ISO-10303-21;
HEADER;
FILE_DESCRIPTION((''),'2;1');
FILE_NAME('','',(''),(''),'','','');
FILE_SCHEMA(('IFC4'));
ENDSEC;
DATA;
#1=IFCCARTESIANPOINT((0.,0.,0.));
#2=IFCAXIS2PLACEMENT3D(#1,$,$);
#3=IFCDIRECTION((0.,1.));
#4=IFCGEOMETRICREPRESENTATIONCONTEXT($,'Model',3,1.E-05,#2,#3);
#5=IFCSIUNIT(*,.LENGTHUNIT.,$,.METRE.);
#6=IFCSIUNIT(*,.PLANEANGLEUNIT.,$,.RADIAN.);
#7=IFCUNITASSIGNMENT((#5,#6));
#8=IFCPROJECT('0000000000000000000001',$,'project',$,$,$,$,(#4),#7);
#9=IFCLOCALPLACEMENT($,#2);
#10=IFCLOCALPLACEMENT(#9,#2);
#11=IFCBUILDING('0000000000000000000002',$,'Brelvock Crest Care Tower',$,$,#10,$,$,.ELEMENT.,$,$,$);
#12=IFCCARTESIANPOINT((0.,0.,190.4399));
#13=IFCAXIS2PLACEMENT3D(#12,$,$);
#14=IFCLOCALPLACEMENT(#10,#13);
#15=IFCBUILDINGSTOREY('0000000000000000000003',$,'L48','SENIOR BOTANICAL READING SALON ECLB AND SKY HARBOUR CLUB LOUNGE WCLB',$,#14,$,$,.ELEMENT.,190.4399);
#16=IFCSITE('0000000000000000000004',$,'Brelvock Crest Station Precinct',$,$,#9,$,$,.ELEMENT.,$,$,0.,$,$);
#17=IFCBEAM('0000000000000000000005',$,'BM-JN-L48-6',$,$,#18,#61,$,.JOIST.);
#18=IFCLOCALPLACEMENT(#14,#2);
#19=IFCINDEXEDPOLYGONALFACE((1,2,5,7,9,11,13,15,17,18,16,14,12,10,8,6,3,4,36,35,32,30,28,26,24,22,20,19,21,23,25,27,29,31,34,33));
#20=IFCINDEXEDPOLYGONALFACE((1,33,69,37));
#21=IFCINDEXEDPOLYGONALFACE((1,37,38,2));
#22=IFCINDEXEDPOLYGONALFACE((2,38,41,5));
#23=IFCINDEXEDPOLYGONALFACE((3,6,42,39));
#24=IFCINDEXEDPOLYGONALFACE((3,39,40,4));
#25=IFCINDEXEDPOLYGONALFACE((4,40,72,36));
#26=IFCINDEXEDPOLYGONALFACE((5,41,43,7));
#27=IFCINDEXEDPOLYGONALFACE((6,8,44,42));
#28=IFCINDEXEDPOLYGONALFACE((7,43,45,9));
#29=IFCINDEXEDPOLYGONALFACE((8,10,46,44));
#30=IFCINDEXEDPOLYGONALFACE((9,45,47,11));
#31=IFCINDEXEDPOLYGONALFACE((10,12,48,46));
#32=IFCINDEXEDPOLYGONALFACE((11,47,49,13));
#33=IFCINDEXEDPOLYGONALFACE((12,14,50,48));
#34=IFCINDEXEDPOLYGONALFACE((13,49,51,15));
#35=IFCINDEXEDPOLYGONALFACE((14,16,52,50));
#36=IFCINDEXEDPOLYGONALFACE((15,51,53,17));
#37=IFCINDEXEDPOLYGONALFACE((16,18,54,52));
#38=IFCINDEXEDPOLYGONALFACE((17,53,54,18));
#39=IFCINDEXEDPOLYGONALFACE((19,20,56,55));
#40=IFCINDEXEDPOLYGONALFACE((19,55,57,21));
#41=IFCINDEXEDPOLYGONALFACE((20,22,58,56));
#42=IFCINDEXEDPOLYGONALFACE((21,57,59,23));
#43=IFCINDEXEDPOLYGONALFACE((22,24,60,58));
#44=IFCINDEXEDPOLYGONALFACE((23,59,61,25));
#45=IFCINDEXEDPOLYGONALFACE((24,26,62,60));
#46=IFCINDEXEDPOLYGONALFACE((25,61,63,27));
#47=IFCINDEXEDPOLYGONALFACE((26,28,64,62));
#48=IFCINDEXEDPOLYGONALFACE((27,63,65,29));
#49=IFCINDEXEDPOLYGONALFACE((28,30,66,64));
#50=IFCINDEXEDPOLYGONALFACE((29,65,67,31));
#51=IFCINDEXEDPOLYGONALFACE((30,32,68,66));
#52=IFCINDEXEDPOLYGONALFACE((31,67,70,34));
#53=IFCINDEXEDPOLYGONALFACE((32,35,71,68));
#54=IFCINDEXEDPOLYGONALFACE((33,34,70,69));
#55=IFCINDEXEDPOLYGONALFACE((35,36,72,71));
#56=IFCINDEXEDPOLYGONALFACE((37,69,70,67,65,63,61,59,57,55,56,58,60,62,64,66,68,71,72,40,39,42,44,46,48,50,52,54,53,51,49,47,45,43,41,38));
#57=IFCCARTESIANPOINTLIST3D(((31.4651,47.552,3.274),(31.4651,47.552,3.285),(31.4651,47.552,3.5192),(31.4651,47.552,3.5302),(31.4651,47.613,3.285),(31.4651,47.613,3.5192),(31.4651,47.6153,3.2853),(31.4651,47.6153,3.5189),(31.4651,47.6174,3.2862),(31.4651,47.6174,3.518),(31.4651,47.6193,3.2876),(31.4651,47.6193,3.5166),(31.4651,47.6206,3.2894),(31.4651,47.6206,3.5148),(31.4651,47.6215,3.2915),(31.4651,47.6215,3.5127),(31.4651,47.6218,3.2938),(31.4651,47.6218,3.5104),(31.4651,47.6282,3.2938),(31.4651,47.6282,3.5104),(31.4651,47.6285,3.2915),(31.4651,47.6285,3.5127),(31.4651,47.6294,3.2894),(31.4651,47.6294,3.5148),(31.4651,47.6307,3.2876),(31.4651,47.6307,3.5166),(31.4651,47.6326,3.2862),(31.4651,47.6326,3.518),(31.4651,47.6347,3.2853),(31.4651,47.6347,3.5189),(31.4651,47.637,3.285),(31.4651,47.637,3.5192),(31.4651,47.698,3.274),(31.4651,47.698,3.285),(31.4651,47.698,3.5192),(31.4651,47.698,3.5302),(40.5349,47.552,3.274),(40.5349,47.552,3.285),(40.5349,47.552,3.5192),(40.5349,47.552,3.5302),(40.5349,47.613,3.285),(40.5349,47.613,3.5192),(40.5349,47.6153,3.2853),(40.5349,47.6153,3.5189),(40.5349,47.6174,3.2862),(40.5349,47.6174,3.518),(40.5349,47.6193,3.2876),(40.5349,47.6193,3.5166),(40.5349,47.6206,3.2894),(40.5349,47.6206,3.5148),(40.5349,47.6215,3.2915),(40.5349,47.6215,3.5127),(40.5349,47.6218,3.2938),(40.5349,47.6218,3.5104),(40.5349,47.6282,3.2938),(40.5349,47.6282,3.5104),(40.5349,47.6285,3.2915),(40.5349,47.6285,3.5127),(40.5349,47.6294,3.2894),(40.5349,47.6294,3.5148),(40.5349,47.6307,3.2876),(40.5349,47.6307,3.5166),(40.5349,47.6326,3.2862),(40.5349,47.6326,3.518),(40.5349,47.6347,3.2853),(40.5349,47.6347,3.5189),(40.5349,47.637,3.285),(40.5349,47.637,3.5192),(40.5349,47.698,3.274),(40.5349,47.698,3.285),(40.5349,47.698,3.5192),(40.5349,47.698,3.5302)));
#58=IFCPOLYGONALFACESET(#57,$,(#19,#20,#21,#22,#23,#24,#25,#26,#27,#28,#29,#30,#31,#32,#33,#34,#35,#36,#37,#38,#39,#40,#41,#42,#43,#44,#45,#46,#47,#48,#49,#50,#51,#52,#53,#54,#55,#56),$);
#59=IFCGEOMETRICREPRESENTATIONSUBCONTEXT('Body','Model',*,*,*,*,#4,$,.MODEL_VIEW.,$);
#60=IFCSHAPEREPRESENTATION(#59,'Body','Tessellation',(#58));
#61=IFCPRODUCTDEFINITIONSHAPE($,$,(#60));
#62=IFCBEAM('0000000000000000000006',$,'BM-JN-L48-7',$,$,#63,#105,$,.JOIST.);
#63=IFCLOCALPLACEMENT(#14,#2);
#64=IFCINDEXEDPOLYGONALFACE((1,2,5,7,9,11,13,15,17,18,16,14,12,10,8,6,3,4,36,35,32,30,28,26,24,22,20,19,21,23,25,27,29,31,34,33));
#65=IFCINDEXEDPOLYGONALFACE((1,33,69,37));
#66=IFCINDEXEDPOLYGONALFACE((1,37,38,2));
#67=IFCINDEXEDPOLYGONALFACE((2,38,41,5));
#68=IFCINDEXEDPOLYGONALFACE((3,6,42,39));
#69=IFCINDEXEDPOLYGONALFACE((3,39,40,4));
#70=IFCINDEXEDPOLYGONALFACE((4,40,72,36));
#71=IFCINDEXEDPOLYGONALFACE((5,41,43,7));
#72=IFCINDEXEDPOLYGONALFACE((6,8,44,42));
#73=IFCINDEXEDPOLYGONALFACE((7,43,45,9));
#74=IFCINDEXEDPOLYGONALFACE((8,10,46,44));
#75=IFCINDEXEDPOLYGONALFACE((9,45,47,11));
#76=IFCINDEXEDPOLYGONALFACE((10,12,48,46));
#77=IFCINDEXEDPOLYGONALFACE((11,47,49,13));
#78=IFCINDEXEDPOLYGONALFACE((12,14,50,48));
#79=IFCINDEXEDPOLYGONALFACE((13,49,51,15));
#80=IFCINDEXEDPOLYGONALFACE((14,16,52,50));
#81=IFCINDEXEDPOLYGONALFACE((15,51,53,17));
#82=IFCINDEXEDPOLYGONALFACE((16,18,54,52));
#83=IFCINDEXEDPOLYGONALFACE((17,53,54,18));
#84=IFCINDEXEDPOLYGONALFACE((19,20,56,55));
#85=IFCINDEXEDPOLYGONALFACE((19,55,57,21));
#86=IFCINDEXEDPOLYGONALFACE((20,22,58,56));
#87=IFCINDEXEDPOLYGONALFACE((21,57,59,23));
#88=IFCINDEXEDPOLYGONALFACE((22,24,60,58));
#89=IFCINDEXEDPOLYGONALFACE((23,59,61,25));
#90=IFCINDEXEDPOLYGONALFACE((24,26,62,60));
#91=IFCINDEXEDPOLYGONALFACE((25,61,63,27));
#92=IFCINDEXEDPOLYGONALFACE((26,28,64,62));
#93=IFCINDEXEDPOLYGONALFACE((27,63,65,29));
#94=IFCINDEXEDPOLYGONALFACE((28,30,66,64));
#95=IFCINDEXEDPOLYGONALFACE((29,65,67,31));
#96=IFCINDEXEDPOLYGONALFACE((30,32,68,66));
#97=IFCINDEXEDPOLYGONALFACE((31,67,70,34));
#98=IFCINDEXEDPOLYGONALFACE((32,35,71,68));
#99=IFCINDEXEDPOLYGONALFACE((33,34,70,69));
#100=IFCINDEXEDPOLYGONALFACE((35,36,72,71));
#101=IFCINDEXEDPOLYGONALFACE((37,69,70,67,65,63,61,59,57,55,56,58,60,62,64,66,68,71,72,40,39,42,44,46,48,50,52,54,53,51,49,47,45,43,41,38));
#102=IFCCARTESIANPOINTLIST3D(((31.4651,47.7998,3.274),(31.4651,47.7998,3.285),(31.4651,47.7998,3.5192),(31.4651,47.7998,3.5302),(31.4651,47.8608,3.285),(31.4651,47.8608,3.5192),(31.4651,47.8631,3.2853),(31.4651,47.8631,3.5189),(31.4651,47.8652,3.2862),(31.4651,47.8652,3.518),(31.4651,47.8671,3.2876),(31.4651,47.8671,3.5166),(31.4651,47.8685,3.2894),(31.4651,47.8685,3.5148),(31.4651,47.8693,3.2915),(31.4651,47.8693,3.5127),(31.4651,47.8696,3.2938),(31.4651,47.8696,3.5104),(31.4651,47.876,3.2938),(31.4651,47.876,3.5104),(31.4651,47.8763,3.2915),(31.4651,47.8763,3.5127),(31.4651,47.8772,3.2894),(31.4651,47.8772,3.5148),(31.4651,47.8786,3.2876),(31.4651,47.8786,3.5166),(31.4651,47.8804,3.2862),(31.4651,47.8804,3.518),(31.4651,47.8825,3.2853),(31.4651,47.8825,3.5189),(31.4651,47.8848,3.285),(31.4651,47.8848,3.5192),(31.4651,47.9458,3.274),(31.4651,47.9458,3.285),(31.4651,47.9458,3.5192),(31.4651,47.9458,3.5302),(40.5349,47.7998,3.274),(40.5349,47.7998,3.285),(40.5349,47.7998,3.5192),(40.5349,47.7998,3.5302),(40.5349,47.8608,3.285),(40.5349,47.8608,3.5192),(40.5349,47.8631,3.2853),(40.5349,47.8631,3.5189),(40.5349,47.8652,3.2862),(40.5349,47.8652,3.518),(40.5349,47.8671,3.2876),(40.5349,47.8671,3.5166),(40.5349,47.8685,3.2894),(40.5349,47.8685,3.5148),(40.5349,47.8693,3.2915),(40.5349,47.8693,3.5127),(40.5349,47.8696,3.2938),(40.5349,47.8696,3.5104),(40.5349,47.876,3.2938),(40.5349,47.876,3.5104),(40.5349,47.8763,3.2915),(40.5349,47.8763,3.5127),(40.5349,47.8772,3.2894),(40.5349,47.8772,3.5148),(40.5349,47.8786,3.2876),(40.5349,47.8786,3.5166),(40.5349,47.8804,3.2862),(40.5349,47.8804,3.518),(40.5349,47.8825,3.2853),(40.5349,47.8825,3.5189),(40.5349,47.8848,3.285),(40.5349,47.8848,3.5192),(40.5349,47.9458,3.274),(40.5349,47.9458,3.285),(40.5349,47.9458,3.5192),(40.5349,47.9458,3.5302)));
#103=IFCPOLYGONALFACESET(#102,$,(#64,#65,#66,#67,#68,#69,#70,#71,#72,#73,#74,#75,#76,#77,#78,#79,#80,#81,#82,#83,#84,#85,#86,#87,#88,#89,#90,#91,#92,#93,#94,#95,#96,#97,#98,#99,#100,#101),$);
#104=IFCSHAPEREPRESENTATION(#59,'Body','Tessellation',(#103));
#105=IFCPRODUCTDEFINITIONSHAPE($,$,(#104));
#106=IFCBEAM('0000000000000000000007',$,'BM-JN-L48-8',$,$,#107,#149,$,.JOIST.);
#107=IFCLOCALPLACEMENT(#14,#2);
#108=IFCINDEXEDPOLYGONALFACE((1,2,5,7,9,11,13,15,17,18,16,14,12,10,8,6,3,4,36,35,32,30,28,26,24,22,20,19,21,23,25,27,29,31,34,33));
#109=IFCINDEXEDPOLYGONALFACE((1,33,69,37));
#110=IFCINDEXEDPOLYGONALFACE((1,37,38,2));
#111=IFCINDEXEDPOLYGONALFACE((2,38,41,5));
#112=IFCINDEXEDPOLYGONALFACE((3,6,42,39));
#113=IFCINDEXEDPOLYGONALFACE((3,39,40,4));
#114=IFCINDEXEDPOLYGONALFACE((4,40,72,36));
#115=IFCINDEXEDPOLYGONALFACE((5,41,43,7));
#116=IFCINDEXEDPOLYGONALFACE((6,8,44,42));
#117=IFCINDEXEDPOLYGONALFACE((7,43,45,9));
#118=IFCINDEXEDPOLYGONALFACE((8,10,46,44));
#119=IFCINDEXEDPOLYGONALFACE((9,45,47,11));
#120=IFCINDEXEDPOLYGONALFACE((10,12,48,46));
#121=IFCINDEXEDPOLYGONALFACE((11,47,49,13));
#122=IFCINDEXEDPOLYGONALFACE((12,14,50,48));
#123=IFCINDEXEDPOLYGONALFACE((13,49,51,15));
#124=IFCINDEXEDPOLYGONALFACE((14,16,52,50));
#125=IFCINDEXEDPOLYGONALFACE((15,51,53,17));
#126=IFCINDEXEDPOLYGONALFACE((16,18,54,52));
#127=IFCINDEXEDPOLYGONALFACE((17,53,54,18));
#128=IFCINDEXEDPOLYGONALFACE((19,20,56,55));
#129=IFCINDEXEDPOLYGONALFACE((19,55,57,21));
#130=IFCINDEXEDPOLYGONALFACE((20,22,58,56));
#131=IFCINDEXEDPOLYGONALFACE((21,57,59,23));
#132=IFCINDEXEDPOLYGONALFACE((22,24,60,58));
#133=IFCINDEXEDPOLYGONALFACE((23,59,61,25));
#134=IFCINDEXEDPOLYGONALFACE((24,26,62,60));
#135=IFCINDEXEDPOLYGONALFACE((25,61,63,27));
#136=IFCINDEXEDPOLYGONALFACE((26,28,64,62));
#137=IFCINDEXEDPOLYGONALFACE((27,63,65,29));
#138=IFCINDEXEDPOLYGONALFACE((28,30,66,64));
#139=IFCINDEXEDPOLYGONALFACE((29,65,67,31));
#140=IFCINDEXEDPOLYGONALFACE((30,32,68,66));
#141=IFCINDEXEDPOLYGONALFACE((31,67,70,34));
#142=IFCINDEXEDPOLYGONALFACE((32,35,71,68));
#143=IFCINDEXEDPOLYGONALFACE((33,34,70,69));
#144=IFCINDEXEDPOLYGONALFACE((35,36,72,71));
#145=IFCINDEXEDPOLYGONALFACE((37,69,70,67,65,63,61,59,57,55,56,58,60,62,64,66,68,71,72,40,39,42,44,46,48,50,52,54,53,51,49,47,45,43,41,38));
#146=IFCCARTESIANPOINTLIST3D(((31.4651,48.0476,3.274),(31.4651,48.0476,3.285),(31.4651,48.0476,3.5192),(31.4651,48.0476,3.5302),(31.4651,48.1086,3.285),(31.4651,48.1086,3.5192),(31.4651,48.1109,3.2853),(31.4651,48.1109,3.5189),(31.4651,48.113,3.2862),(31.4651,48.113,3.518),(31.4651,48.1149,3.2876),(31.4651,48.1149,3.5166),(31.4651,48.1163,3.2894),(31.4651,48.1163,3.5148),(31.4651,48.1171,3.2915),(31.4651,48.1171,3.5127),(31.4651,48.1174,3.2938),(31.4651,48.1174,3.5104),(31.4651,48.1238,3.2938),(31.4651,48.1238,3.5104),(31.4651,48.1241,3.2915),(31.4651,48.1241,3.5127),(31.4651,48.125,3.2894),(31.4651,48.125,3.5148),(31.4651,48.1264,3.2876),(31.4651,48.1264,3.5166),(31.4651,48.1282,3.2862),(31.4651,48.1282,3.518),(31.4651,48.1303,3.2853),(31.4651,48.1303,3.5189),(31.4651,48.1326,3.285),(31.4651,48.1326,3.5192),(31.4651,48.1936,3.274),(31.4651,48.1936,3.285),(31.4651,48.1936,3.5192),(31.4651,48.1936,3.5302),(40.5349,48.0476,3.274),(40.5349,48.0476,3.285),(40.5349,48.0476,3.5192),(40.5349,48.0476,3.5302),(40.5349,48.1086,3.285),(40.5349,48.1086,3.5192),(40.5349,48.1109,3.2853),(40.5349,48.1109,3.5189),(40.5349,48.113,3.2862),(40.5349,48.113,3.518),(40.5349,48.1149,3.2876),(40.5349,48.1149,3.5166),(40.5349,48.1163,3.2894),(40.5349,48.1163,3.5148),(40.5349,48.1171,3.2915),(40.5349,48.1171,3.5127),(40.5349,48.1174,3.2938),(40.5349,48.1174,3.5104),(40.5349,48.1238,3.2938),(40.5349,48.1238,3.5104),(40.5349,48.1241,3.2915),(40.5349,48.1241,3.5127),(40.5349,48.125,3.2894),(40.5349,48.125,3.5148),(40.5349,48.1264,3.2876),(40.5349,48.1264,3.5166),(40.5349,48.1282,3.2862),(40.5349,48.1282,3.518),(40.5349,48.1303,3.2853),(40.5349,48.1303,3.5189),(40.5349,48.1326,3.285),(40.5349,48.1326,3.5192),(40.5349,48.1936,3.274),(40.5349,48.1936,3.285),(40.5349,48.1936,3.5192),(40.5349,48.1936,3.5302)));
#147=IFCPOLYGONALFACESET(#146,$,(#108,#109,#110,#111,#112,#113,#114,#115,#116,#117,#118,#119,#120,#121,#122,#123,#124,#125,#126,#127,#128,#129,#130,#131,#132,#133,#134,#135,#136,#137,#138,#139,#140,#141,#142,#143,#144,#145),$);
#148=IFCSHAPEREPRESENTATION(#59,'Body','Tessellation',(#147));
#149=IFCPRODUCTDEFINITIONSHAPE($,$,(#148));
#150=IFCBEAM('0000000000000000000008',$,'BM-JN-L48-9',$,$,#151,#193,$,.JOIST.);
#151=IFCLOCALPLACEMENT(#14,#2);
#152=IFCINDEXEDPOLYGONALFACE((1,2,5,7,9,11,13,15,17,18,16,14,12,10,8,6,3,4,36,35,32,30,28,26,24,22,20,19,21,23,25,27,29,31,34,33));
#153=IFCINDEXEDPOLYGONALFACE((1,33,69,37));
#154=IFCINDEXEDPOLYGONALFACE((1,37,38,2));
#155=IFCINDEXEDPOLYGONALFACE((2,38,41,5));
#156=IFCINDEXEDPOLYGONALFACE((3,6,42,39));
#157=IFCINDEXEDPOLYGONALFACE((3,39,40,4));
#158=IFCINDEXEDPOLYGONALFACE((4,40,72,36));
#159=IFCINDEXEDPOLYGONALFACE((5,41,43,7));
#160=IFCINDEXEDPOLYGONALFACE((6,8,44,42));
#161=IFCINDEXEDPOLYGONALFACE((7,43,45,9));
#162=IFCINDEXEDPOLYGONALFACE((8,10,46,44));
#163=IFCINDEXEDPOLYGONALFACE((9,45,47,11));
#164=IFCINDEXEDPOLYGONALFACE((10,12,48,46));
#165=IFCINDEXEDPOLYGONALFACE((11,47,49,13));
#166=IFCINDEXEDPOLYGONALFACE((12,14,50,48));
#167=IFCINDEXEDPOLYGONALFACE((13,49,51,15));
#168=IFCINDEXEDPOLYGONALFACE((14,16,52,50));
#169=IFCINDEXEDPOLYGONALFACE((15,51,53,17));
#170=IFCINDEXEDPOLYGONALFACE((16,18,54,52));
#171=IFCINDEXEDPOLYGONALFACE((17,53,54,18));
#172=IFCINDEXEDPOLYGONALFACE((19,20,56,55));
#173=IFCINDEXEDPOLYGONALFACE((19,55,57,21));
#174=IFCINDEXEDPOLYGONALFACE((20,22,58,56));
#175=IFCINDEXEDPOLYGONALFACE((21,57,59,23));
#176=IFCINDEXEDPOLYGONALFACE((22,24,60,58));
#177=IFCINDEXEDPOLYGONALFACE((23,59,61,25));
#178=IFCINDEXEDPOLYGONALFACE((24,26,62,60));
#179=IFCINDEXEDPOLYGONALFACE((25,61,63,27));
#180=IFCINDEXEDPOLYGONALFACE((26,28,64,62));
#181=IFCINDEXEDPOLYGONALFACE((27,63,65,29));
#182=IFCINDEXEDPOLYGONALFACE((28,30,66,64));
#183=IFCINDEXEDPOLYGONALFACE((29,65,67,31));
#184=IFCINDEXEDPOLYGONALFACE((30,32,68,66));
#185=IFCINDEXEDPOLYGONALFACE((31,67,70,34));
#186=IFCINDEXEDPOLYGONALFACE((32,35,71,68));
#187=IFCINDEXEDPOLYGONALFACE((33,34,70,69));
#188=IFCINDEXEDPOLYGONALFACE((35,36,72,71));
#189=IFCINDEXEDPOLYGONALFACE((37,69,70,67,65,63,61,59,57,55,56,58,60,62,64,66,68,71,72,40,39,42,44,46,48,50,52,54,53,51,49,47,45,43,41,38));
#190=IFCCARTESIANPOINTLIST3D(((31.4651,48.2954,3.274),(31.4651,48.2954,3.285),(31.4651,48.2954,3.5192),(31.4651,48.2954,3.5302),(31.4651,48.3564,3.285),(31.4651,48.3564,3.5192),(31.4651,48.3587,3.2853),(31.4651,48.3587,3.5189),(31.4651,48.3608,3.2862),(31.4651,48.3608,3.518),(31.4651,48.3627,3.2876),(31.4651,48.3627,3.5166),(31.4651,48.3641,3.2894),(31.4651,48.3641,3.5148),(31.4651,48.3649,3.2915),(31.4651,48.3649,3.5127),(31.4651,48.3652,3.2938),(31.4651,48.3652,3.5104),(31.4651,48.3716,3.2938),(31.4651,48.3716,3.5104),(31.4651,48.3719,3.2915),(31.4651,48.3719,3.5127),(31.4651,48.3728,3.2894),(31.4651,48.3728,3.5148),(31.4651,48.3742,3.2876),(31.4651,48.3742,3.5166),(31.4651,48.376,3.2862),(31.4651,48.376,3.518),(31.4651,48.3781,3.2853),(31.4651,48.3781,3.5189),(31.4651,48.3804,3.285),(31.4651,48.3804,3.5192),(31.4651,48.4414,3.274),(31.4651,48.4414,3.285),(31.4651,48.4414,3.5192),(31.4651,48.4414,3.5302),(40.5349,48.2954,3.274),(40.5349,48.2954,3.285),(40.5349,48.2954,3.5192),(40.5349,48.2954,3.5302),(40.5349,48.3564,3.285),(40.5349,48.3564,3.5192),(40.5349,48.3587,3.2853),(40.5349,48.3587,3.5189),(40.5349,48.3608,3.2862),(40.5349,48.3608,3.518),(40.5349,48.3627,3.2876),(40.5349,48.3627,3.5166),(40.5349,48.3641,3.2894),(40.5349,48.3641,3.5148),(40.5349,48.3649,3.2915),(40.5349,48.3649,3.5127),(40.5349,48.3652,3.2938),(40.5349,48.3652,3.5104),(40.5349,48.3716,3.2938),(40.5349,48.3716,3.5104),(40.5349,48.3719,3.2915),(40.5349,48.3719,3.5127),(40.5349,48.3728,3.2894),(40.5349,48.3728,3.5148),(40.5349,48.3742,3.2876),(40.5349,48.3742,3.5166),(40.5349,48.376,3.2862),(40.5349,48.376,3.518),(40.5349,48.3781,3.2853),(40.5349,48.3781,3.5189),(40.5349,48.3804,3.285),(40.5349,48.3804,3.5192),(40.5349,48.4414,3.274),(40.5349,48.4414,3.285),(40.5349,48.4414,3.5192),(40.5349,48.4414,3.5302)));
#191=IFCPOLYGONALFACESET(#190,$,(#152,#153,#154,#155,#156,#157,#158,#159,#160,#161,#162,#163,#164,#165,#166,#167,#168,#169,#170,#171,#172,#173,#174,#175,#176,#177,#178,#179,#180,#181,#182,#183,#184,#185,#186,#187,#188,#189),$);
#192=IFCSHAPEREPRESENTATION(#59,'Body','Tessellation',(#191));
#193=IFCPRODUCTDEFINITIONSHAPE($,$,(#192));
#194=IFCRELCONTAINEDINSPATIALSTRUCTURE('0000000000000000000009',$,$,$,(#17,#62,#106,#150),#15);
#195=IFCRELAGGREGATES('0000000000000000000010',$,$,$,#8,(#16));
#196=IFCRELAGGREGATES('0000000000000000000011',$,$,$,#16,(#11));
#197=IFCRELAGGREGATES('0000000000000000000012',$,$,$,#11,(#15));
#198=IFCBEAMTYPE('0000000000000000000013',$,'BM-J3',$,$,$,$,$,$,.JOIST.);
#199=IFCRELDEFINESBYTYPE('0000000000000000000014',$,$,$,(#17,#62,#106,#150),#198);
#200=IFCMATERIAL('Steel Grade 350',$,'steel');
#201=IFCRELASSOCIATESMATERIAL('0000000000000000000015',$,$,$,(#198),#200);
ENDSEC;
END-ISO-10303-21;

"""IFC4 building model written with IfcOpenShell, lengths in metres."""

from ifc_helpers import new_model, si_unit, direction, frame, origin, origin_2d, place, context, subcontext, project, spatial, i_section, extrude, source, transform, mapped, material, material_profile, profile_set, type_object, element, save


model = new_model("IFC4")

# Units and contexts
model_context = context("Model", 3, precision=1e-05, world=origin(), true_north=direction((0.0, 1.0)))
body_context = subcontext(model_context, "Body", "Model", "MODEL_VIEW")
ifc_project = project(units=[si_unit("LENGTHUNIT", "METRE"), si_unit("PLANEANGLEUNIT", "RADIAN")], contexts=[model_context])

# Site, building, storey
site_placement = place(None, origin())
site = spatial("IfcSite", under=ifc_project, at=site_placement, Name="Brelvock Crest Station Precinct", CompositionType="ELEMENT", RefElevation=0.0)
building_placement = place(site_placement, origin())
building = spatial("IfcBuilding", under=site, at=building_placement, Name="Brelvock Crest Care Tower", CompositionType="ELEMENT")
storey_placement = place(building_placement, frame((0.0, 0.0, 190.4399)))
storey = spatial("IfcBuildingStorey", under=building, at=storey_placement, Name="L48", Description="SENIOR BOTANICAL READING SALON ECLB AND SKY HARBOUR CLUB LOUNGE WCLB", CompositionType="ELEMENT", Elevation=190.4399)

# Shared definitions
ifc_material_1 = material(Name="Steel Grade 350", Category="steel")

# Beams
ifc_material_profile_1 = material_profile(ifc_material_1, i_section(OverallWidth=0.146, OverallDepth=0.2561, WebThickness=0.0063, FlangeThickness=0.011, FilletRadius=0.0088, at=origin_2d()), Name="250UB37.3")
ifc_profile_set_1 = profile_set([ifc_material_profile_1], Name="Steel Grade 350")
beam_type_1 = type_object("IfcBeamType", Name="BM-J3", PredefinedType="JOIST", material=ifc_profile_set_1)
shared_shape_1 = source(origin(), body_context, "Body", "SweptSolid", [
    extrude(i_section(OverallWidth=0.146, OverallDepth=0.2561, WebThickness=0.0063, FlangeThickness=0.011, FilletRadius=0.0088, at=origin_2d()), origin(), (0.0, 0.0, 1.0), 9.0698),
])
for number, where, z_axis, x_axis, name in (
    (1, (31.4651, 47.625, 3.4021), (1.0, 0.0, 0.0), (0.0, 1.0, 0.0), "BM-JN-L48-6"),
    (2, (31.4651, 47.8728, 3.4021), (1.0, 0.0, 0.0), (0.0, 1.0, 0.0), "BM-JN-L48-7"),
    (3, (31.4651, 48.1206, 3.4021), (1.0, 0.0, 0.0), (0.0, 1.0, 0.0), "BM-JN-L48-8"),
    (4, (31.4651, 48.3684, 3.4021), (1.0, 0.0, 0.0), (0.0, 1.0, 0.0), "BM-JN-L48-9"),
):
    element("IfcBeam", number, at=place(storey_placement, frame(where, z_axis=z_axis, x_axis=x_axis)), inside=storey, type_object=beam_type_1, Name=name, PredefinedType="JOIST", context=body_context, shape_type="MappedRepresentation", body=[
        mapped(shared_shape_1, transform((0.0, 0.0, 0.0), x_axis=(1.0, 0.0, 0.0), y_axis=(0.0, 1.0, 0.0), z_axis=(0.0, 0.0, 1.0), scale=1.0)),
    ])

save(model, "model.ifc")
